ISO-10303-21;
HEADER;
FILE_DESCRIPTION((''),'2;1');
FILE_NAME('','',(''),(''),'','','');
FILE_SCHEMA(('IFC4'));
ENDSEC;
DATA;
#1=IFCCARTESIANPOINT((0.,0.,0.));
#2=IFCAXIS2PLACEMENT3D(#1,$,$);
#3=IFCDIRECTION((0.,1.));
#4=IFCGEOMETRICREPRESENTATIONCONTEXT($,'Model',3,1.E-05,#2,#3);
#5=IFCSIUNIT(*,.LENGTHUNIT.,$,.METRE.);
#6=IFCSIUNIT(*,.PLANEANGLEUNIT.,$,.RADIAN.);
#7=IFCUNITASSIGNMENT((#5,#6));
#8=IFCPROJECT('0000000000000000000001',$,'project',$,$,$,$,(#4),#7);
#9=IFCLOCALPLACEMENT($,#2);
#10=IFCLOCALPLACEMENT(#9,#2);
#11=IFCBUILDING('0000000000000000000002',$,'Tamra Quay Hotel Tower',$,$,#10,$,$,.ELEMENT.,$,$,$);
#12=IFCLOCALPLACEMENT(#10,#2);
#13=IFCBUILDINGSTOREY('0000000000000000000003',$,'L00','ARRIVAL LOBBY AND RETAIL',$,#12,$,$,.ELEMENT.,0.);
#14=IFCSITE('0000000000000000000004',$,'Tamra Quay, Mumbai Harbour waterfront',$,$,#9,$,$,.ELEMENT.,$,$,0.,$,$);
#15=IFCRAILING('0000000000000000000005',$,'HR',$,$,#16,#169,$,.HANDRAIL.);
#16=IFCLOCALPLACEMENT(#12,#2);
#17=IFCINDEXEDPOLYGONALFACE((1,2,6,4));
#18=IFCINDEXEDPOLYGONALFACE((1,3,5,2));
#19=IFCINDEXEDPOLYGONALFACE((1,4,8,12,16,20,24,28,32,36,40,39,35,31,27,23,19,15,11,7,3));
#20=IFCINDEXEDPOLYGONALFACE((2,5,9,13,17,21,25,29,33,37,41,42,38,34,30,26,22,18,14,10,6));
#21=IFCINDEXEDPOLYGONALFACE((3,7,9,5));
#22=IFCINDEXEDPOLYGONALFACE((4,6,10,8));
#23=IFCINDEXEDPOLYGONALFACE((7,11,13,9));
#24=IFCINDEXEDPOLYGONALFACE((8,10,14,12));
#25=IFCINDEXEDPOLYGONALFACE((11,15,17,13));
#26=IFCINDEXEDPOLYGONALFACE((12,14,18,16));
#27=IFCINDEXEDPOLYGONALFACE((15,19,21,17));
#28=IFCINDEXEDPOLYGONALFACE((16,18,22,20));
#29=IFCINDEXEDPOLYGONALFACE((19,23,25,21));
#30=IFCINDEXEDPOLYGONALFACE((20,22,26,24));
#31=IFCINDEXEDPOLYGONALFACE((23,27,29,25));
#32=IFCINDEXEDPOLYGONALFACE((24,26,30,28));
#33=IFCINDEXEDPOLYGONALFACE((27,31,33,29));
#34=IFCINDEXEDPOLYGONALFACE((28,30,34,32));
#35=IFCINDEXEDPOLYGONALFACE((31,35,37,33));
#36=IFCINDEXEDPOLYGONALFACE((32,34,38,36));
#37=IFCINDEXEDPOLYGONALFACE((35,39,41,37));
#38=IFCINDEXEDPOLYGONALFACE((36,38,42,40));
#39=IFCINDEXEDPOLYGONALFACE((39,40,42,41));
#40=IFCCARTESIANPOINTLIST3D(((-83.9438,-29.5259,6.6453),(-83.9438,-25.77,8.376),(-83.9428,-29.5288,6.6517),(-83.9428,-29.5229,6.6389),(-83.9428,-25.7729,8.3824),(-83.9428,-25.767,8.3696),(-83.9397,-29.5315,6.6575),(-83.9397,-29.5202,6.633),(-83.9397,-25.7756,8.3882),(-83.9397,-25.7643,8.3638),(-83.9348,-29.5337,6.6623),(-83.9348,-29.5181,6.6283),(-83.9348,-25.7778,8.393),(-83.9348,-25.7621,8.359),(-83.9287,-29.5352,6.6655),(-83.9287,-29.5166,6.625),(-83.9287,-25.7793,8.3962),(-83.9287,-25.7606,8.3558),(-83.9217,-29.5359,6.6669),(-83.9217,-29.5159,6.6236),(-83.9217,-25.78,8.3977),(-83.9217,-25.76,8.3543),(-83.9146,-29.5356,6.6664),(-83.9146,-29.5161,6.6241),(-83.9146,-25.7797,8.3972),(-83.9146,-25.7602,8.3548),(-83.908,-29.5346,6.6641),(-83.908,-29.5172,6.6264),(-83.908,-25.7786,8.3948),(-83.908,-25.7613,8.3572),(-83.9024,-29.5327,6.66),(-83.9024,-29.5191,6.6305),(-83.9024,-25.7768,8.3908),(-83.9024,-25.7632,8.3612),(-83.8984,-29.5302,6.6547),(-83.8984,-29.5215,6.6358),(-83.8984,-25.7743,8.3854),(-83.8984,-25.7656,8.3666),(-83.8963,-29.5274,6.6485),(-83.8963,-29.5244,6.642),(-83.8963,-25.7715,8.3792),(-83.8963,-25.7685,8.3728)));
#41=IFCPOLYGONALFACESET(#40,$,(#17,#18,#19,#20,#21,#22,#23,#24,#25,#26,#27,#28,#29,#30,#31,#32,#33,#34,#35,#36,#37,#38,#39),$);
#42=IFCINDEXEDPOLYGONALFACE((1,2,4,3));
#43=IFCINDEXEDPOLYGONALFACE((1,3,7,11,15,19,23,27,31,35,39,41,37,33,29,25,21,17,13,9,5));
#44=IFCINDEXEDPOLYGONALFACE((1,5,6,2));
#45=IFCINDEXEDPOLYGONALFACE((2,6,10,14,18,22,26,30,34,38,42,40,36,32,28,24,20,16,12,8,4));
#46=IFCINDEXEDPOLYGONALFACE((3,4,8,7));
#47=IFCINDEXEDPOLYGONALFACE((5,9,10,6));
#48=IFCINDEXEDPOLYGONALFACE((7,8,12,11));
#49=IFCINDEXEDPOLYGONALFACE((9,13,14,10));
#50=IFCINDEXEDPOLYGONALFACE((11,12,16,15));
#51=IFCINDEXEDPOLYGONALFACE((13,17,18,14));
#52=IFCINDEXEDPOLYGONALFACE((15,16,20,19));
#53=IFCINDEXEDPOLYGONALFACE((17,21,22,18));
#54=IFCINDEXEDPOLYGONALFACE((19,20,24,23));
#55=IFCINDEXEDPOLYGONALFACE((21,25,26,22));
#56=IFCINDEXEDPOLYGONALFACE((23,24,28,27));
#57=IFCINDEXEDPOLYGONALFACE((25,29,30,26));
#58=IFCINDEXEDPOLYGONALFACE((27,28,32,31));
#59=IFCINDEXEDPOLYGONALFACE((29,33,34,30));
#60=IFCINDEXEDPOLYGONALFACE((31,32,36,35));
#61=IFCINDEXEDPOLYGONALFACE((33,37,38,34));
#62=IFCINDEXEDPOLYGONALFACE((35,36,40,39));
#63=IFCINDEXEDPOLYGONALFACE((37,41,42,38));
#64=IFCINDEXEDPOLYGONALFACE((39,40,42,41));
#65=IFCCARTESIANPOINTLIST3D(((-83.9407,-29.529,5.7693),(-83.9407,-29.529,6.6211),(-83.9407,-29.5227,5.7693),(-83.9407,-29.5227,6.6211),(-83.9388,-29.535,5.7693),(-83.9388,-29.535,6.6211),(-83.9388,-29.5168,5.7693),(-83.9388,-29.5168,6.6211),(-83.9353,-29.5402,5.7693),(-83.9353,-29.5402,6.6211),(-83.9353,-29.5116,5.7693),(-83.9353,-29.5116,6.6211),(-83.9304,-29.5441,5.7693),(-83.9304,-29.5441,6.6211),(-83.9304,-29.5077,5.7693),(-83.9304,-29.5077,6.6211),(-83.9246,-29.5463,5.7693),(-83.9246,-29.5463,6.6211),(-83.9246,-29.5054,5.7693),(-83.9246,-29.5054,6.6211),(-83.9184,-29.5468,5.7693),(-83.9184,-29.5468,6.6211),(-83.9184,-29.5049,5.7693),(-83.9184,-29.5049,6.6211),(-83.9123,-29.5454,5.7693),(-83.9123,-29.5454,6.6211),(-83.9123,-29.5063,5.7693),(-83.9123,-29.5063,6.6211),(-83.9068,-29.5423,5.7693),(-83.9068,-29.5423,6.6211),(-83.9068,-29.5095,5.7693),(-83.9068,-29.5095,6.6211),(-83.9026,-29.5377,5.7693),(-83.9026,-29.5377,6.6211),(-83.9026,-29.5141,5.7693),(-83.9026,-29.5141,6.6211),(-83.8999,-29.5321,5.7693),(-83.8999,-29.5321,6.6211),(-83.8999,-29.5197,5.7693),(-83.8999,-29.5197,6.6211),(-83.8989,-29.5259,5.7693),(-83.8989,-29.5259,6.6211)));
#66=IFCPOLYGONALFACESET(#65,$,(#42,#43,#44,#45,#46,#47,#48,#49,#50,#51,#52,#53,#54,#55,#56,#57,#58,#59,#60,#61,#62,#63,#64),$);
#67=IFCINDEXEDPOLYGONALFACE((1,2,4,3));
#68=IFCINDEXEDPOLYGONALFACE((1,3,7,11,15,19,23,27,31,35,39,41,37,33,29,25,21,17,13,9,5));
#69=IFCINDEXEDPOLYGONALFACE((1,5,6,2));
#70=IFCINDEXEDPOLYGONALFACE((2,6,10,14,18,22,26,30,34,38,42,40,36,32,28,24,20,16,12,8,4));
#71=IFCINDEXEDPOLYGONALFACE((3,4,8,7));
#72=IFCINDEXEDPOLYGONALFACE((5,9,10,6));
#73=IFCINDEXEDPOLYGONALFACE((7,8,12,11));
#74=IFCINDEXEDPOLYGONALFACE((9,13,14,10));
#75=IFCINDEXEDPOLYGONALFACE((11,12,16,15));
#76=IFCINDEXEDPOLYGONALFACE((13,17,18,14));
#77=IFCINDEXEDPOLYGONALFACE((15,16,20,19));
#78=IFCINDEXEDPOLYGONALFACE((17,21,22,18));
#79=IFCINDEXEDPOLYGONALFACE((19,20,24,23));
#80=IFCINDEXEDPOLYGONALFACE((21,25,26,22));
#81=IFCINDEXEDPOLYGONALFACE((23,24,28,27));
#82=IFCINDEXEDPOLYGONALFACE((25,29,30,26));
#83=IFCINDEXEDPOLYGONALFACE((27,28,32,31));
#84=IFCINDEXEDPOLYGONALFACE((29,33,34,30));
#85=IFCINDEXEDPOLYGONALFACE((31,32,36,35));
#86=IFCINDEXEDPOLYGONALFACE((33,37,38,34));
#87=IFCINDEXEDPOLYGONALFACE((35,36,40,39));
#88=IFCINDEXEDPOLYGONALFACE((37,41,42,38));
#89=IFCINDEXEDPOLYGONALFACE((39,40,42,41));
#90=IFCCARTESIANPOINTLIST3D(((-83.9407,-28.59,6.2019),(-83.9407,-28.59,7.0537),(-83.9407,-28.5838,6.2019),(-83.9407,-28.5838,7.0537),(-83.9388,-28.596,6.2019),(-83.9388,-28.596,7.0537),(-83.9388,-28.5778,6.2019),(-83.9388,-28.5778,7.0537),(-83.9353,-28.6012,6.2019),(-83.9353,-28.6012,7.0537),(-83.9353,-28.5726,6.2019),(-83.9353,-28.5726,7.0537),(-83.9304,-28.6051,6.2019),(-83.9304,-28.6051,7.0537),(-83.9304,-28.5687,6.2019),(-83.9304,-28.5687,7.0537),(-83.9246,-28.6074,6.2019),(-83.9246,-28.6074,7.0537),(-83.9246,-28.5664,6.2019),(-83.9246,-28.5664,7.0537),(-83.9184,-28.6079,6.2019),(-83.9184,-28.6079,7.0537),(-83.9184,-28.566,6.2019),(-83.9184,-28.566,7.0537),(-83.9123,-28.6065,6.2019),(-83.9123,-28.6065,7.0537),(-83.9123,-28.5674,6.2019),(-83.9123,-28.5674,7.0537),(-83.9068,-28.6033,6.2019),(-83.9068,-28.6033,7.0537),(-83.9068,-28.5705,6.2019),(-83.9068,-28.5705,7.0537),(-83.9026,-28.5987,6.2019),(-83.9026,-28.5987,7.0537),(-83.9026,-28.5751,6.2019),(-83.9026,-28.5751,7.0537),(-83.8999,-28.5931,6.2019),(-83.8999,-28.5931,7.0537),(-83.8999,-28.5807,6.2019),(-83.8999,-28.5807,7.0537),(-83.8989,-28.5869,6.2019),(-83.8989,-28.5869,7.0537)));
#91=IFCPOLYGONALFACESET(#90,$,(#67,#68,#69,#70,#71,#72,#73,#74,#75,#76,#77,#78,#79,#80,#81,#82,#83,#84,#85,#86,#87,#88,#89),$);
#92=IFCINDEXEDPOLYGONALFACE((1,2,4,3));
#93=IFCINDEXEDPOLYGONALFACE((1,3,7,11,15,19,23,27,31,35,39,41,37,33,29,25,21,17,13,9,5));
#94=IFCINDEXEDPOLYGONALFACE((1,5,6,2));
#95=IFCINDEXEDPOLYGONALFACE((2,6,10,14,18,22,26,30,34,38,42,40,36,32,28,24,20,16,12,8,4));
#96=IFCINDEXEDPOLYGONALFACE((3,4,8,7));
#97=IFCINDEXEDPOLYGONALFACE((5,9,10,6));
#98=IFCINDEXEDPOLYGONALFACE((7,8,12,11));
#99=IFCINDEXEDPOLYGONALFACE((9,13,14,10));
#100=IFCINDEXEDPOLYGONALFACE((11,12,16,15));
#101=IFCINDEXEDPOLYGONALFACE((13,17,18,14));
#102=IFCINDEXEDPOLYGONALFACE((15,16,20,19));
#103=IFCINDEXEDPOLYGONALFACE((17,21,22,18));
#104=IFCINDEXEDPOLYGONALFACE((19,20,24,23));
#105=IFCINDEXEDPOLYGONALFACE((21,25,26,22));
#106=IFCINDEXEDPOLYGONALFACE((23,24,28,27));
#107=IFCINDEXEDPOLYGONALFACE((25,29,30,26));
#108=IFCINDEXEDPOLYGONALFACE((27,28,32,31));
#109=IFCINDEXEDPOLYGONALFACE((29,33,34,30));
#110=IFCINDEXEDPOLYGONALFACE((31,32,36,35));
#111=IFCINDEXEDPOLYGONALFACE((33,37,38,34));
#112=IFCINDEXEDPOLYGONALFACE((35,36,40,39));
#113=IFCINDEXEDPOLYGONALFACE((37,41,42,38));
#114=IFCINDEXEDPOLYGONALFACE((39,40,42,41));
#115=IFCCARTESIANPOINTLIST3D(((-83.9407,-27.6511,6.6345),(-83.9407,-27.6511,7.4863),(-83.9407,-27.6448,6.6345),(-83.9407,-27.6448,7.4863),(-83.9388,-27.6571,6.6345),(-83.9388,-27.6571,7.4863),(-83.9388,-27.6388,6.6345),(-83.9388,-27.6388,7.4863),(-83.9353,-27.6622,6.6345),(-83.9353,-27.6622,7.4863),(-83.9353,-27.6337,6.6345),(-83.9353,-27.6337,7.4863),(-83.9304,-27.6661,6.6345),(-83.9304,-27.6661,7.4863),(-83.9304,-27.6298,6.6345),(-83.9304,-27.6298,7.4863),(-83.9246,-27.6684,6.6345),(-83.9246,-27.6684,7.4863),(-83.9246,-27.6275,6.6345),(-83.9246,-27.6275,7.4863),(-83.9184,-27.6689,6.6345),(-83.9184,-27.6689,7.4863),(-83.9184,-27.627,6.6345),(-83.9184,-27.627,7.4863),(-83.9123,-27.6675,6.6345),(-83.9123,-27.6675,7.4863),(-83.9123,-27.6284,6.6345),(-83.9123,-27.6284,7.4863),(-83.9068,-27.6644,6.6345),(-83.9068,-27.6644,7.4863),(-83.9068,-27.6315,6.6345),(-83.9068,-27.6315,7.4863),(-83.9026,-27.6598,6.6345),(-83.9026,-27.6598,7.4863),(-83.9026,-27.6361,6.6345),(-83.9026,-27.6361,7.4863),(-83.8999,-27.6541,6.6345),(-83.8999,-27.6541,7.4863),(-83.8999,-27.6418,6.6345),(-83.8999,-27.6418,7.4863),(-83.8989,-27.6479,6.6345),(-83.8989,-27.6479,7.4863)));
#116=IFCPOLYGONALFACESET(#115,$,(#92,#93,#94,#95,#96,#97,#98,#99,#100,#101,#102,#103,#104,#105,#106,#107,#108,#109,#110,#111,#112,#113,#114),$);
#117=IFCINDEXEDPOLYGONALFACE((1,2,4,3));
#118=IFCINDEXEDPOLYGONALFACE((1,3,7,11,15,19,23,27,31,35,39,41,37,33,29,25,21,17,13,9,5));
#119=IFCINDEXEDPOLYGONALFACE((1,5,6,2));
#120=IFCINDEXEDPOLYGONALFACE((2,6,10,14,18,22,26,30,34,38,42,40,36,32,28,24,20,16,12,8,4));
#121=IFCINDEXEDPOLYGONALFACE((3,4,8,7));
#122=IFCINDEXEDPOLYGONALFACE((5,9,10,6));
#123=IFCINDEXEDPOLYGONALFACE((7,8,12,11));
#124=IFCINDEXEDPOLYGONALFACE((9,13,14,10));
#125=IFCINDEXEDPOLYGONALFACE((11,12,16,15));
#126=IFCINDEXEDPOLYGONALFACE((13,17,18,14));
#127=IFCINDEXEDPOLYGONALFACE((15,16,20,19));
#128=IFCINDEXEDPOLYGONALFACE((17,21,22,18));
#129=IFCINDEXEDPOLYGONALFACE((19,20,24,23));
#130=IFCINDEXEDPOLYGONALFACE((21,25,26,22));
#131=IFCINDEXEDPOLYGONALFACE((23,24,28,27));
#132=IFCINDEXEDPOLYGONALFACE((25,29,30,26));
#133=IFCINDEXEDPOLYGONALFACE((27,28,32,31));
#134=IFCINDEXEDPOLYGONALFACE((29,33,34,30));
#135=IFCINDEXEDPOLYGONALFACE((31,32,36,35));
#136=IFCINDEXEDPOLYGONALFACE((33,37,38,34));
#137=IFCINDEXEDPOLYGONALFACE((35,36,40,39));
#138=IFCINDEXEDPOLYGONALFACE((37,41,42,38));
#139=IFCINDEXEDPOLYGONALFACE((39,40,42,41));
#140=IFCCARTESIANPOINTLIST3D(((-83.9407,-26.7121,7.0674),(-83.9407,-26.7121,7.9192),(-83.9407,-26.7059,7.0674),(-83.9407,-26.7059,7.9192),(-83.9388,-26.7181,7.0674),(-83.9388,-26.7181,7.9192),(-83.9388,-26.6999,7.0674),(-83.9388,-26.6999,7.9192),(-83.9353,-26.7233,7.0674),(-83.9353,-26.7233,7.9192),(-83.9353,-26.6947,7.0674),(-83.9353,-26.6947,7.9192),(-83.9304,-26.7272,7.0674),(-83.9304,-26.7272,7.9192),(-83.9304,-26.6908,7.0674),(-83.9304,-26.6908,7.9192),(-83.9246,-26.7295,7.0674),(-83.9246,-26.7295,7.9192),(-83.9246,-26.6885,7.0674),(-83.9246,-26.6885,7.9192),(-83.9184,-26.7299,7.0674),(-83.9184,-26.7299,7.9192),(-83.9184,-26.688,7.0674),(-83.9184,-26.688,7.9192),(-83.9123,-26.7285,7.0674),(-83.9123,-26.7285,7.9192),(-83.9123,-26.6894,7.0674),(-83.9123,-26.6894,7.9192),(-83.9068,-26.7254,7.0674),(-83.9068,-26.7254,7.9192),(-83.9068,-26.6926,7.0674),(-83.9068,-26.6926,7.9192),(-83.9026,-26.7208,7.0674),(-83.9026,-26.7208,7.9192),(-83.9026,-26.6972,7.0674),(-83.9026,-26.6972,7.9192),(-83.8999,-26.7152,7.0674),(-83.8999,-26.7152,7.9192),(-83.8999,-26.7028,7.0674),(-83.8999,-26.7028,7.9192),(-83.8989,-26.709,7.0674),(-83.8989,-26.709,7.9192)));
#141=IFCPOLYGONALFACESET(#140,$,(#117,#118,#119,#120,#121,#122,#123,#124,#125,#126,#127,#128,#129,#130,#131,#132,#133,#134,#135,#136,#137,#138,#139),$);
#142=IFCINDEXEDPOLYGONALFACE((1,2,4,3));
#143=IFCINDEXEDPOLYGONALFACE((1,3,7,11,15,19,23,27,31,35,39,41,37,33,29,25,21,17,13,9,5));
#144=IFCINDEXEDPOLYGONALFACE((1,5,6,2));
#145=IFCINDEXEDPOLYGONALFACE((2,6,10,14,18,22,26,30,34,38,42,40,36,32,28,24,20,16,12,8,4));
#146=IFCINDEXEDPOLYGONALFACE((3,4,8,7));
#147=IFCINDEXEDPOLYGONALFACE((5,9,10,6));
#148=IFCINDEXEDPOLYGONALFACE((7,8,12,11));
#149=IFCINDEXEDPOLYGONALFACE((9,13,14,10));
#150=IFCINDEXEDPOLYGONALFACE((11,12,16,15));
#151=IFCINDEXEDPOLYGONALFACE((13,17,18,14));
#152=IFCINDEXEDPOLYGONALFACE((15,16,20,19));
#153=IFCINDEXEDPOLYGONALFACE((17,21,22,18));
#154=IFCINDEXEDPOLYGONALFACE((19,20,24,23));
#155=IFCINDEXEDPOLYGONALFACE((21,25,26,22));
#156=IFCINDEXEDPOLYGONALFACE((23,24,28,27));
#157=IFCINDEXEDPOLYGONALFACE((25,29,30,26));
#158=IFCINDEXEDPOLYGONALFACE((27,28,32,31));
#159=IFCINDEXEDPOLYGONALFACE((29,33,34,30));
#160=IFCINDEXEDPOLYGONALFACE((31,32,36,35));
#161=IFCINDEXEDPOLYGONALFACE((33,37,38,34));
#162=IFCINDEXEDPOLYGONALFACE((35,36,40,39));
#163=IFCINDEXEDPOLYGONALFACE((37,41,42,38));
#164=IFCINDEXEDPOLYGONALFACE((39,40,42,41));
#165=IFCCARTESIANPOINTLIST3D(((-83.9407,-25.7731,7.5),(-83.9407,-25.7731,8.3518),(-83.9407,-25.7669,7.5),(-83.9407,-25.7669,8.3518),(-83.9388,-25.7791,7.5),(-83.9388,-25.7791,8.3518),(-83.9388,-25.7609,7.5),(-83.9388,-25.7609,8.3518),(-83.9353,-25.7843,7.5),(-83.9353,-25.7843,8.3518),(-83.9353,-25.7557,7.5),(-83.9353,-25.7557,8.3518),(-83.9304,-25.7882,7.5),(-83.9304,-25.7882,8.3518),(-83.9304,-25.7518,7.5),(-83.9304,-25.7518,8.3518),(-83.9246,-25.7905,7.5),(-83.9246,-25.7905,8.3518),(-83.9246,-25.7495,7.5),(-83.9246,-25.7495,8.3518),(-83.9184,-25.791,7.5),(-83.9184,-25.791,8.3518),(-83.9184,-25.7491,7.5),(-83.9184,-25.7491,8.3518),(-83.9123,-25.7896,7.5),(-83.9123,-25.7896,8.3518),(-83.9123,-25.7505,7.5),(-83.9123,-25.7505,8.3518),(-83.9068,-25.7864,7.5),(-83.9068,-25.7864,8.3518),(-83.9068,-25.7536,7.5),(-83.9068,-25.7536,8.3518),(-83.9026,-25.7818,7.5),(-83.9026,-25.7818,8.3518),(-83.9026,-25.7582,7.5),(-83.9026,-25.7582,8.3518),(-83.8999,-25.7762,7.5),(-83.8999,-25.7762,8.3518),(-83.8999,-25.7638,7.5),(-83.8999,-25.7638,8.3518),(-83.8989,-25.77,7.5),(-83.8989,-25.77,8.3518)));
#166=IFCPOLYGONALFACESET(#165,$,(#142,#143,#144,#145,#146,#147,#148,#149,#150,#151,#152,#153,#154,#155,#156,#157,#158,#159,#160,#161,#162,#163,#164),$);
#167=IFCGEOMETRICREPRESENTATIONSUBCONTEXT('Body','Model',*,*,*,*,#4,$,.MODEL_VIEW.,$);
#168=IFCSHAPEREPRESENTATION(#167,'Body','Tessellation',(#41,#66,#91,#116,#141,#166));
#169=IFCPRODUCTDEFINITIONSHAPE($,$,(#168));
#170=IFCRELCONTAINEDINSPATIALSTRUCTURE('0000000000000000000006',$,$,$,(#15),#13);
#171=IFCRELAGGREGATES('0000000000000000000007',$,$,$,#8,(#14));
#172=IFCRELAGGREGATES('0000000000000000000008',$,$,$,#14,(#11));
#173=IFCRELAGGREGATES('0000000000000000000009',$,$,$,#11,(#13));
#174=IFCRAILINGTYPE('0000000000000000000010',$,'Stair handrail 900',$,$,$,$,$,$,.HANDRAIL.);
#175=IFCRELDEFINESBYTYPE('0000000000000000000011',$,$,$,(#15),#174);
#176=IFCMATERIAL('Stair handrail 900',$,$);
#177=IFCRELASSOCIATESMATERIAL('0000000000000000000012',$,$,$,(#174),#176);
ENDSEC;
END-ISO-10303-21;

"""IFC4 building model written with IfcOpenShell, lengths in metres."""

from ifc_helpers import new_model, si_unit, direction, frame, origin, origin_2d, place, context, subcontext, project, spatial, circle, extrude, material, type_object, element, save


model = new_model("IFC4")

# Units and contexts
model_context = context("Model", 3, precision=1e-05, world=origin(), true_north=direction((0.0, 1.0)))
body_context = subcontext(model_context, "Body", "Model", "MODEL_VIEW")
ifc_project = project(units=[si_unit("LENGTHUNIT", "METRE"), si_unit("PLANEANGLEUNIT", "RADIAN")], contexts=[model_context])

# Site, building, storey
site_placement = place(None, origin())
site = spatial("IfcSite", under=ifc_project, at=site_placement, Name="Tamra Quay, Mumbai Harbour waterfront", CompositionType="ELEMENT", RefElevation=0.0)
building_placement = place(site_placement, origin())
building = spatial("IfcBuilding", under=site, at=building_placement, Name="Tamra Quay Hotel Tower", CompositionType="ELEMENT")
storey_placement = place(building_placement, origin())
storey = spatial("IfcBuildingStorey", under=building, at=storey_placement, Name="L00", Description="ARRIVAL LOBBY AND RETAIL", CompositionType="ELEMENT", Elevation=0.0)

# Railing
ifc_material_1 = material(Name="Stair handrail 900")
railing_type_1 = type_object("IfcRailingType", Name="Stair handrail 900", PredefinedType="HANDRAIL", material=ifc_material_1)
railing_1_placement = place(storey_placement, frame((-83.9199, -29.5259, 5.7693)))
element("IfcRailing", 1, at=railing_1_placement, inside=storey, type_object=railing_type_1, Name="HR", PredefinedType="HANDRAIL", context=body_context, shape_type="SweptSolid", body=[
    extrude(circle(Radius=0.0239, at=origin_2d()), frame((0.0, 0.0, 0.876), z_axis=(0.0, 0.908213, 0.418508), x_axis=(-1.0, 0.0, 0.0)), (0.0, 0.0, 1.0), 4.1355),
    extrude(circle(Radius=0.021, at=origin_2d()), origin(), (0.0, 0.0, 1.0), 0.8518),
    extrude(circle(Radius=0.021, at=origin_2d()), frame((0.0, 0.939, 0.4326)), (0.0, 0.0, 1.0), 0.8518),
    extrude(circle(Radius=0.021, at=origin_2d()), frame((0.0, 1.8779, 0.8652)), (0.0, 0.0, 1.0), 0.8518),
    extrude(circle(Radius=0.021, at=origin_2d()), frame((0.0, 2.8169, 1.2981)), (0.0, 0.0, 1.0), 0.8518),
    extrude(circle(Radius=0.021, at=origin_2d()), frame((0.0, 3.7559, 1.7307)), (0.0, 0.0, 1.0), 0.8518),
])

save(model, "model.ifc")
